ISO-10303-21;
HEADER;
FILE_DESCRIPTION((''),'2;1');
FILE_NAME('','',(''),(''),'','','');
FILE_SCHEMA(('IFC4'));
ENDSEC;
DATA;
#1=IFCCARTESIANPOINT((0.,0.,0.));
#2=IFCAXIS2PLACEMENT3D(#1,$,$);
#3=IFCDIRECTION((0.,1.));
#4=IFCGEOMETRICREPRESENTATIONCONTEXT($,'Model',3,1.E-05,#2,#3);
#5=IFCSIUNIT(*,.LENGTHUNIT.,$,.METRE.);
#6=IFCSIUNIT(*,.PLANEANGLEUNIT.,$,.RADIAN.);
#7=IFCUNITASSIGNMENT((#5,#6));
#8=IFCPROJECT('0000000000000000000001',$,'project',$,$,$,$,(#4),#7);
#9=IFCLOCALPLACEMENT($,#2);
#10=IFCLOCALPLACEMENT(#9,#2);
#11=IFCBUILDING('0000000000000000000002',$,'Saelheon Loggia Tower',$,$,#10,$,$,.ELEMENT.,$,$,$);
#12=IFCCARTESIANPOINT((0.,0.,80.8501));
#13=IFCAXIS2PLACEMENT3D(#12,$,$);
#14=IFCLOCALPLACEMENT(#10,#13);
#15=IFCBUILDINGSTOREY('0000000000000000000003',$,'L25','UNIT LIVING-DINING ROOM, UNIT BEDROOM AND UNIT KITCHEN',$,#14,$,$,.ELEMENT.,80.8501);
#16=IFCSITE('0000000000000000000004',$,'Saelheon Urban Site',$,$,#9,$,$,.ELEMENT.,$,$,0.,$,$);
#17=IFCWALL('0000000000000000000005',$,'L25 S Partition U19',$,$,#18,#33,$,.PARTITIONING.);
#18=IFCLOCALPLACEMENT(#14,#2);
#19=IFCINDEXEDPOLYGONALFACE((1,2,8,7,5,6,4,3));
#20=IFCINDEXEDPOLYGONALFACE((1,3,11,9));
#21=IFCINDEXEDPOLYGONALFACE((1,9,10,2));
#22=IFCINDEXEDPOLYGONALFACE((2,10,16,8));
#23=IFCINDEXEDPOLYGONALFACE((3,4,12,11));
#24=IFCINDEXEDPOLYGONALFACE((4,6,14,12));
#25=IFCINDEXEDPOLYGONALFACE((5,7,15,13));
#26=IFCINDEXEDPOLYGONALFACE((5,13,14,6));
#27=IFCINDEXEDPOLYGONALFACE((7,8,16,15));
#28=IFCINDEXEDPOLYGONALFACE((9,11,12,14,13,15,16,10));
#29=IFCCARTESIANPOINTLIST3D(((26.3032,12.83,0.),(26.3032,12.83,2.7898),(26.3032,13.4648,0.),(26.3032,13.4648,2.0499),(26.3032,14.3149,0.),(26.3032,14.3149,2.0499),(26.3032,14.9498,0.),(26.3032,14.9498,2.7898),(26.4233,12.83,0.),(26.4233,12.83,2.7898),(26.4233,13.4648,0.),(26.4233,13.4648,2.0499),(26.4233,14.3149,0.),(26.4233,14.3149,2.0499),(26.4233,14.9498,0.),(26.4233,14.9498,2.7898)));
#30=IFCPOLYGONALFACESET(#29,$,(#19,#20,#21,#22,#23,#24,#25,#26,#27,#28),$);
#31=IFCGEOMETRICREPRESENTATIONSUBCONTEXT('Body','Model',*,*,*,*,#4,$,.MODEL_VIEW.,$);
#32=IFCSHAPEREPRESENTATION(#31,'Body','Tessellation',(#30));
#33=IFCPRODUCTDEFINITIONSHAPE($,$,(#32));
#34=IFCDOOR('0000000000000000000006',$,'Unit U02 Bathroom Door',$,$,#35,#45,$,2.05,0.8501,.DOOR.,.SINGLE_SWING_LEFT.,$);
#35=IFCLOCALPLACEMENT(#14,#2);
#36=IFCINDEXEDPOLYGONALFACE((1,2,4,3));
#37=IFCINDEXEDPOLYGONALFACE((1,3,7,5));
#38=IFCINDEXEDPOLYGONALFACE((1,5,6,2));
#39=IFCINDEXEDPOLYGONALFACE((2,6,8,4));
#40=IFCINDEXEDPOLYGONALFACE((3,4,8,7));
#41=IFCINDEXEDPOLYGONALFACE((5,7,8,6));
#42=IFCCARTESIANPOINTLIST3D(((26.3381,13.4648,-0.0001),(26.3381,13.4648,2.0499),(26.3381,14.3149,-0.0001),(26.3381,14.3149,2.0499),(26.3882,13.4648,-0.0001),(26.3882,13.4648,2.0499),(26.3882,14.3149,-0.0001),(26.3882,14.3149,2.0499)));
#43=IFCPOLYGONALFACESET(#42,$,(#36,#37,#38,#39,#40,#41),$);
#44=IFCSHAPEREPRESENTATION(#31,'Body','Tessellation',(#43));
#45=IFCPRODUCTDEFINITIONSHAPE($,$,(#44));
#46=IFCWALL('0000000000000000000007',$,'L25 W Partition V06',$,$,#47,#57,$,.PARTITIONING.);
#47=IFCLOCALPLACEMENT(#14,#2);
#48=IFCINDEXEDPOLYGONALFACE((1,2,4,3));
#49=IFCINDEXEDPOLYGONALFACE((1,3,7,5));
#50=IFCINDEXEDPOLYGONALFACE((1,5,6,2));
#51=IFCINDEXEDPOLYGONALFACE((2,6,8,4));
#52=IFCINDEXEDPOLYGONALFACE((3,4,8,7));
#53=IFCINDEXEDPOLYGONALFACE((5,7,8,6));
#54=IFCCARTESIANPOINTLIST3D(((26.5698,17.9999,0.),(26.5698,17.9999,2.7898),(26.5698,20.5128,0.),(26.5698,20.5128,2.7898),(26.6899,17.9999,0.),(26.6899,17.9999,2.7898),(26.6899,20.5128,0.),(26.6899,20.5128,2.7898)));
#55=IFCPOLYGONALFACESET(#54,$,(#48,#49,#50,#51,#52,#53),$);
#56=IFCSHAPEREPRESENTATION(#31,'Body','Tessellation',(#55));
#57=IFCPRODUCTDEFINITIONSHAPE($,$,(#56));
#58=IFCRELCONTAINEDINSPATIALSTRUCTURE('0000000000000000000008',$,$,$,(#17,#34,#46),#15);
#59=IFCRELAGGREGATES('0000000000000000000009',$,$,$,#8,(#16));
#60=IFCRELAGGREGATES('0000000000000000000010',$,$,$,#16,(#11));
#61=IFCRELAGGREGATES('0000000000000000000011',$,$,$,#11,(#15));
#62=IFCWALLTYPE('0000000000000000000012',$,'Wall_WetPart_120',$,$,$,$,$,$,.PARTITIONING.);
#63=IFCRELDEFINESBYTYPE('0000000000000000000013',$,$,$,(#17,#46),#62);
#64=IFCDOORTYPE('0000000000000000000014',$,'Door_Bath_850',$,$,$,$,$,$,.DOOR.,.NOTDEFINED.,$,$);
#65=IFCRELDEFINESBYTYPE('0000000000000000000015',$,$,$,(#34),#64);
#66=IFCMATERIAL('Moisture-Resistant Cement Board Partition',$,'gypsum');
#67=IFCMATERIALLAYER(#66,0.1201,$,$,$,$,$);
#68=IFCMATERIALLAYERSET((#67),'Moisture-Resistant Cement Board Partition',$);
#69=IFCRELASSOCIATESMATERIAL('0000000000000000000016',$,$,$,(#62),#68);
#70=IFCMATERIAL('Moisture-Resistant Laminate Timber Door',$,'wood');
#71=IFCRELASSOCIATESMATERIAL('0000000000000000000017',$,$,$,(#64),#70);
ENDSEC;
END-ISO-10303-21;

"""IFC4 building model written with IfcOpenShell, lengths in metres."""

from ifc_helpers import new_model, si_unit, direction, frame, frame_2d, origin, place, context, subcontext, project, spatial, rectangle, extrude, source, transform, mapped, material, layer, layer_set, type_object, element, fill, save


model = new_model("IFC4")

# Units and contexts
model_context = context("Model", 3, precision=1e-05, world=origin(), true_north=direction((0.0, 1.0)))
body_context = subcontext(model_context, "Body", "Model", "MODEL_VIEW")
ifc_project = project(units=[si_unit("LENGTHUNIT", "METRE"), si_unit("PLANEANGLEUNIT", "RADIAN")], contexts=[model_context])

# Site, building, storey
site_placement = place(None, origin())
site = spatial("IfcSite", under=ifc_project, at=site_placement, Name="Saelheon Urban Site", CompositionType="ELEMENT", RefElevation=0.0)
building_placement = place(site_placement, origin())
building = spatial("IfcBuilding", under=site, at=building_placement, Name="Saelheon Loggia Tower", CompositionType="ELEMENT")
storey_placement = place(building_placement, frame((0.0, 0.0, 80.8501)))
storey = spatial("IfcBuildingStorey", under=building, at=storey_placement, Name="L25", Description="UNIT LIVING-DINING ROOM, UNIT BEDROOM AND UNIT KITCHEN", CompositionType="ELEMENT", Elevation=80.8501)

# Wall, opening, door
ifc_material_1 = material(Name="Moisture-Resistant Cement Board Partition", Category="gypsum")
ifc_layer_1 = layer(ifc_material_1, 0.1201)
ifc_layer_set_1 = layer_set([ifc_layer_1], Name="Moisture-Resistant Cement Board Partition")
wall_type_1 = type_object("IfcWallType", Name="Wall_WetPart_120", PredefinedType="PARTITIONING", material=ifc_layer_set_1)
ifc_material_2 = material(Name="Moisture-Resistant Laminate Timber Door", Category="wood")
door_type_1 = type_object("IfcDoorType", Name="Door_Bath_850", OperationType="NOTDEFINED", PredefinedType="DOOR", material=ifc_material_2)
shared_shape_1 = source(origin(), body_context, "Body", "SweptSolid", [
    extrude(rectangle(XDim=0.8501, YDim=2.05, at=frame_2d((0.425, 1.0249))), frame((0.0, 0.0249, 0.0), z_axis=(0.0, -1.0, 0.0), x_axis=(1.0, 0.0, 0.0)), (0.0, 0.0, 1.0), 0.05),
])
wall_1_placement = place(storey_placement, frame((26.3633, 14.95, 0.0), z_axis=(0.0, 0.0, 1.0), x_axis=(0.0, -1.0, 0.0)))
wall_1 = element("IfcWall", 1, at=wall_1_placement, inside=storey, type_object=wall_type_1, Name="L25 S Partition U19", PredefinedType="PARTITIONING", context=body_context, shape_type="SweptSolid", body=[
    extrude(rectangle(XDim=2.1199, YDim=0.1201, at=frame_2d((1.0601, 0.0))), origin(), (0.0, 0.0, 1.0), 2.7898),
])
opening_1_placement = place(wall_1_placement, frame((0.635, 0.0, 0.0)))
opening_1 = element("IfcOpeningElement", 2, at=opening_1_placement, cuts=wall_1, PredefinedType="OPENING", context=body_context, shape_type="SweptSolid", body=[
    extrude(rectangle(XDim=0.8501, YDim=2.05, at=frame_2d((0.425, 1.0249))), frame((0.0, 0.072, 0.0), z_axis=(0.0, -1.0, 0.0), x_axis=(1.0, 0.0, 0.0)), (0.0, 0.0, 1.0), 0.144),
])
door_1_placement = place(opening_1_placement, origin())
door_1 = element("IfcDoor", 3, at=door_1_placement, inside=storey, type_object=door_type_1, Name="Unit U02 Bathroom Door", OperationType="SINGLE_SWING_LEFT", OverallHeight=2.05, OverallWidth=0.8501, PredefinedType="DOOR", context=body_context, shape_type="MappedRepresentation", body=[
    mapped(shared_shape_1, transform((0.0, 0.0, 0.0), scale=1.0)),
])
fill(opening_1, door_1)

# Wall
wall_2_placement = place(storey_placement, frame((26.6299, 18.0, 0.0), z_axis=(0.0, 0.0, 1.0), x_axis=(0.0, 1.0, 0.0)))
element("IfcWall", 4, at=wall_2_placement, inside=storey, type_object=wall_type_1, Name="L25 W Partition V06", PredefinedType="PARTITIONING", context=body_context, shape_type="SweptSolid", body=[
    extrude(rectangle(XDim=2.5129, YDim=0.1201, at=frame_2d((1.2563, 0.0))), origin(), (0.0, 0.0, 1.0), 2.7898),
])

save(model, "model.ifc")
